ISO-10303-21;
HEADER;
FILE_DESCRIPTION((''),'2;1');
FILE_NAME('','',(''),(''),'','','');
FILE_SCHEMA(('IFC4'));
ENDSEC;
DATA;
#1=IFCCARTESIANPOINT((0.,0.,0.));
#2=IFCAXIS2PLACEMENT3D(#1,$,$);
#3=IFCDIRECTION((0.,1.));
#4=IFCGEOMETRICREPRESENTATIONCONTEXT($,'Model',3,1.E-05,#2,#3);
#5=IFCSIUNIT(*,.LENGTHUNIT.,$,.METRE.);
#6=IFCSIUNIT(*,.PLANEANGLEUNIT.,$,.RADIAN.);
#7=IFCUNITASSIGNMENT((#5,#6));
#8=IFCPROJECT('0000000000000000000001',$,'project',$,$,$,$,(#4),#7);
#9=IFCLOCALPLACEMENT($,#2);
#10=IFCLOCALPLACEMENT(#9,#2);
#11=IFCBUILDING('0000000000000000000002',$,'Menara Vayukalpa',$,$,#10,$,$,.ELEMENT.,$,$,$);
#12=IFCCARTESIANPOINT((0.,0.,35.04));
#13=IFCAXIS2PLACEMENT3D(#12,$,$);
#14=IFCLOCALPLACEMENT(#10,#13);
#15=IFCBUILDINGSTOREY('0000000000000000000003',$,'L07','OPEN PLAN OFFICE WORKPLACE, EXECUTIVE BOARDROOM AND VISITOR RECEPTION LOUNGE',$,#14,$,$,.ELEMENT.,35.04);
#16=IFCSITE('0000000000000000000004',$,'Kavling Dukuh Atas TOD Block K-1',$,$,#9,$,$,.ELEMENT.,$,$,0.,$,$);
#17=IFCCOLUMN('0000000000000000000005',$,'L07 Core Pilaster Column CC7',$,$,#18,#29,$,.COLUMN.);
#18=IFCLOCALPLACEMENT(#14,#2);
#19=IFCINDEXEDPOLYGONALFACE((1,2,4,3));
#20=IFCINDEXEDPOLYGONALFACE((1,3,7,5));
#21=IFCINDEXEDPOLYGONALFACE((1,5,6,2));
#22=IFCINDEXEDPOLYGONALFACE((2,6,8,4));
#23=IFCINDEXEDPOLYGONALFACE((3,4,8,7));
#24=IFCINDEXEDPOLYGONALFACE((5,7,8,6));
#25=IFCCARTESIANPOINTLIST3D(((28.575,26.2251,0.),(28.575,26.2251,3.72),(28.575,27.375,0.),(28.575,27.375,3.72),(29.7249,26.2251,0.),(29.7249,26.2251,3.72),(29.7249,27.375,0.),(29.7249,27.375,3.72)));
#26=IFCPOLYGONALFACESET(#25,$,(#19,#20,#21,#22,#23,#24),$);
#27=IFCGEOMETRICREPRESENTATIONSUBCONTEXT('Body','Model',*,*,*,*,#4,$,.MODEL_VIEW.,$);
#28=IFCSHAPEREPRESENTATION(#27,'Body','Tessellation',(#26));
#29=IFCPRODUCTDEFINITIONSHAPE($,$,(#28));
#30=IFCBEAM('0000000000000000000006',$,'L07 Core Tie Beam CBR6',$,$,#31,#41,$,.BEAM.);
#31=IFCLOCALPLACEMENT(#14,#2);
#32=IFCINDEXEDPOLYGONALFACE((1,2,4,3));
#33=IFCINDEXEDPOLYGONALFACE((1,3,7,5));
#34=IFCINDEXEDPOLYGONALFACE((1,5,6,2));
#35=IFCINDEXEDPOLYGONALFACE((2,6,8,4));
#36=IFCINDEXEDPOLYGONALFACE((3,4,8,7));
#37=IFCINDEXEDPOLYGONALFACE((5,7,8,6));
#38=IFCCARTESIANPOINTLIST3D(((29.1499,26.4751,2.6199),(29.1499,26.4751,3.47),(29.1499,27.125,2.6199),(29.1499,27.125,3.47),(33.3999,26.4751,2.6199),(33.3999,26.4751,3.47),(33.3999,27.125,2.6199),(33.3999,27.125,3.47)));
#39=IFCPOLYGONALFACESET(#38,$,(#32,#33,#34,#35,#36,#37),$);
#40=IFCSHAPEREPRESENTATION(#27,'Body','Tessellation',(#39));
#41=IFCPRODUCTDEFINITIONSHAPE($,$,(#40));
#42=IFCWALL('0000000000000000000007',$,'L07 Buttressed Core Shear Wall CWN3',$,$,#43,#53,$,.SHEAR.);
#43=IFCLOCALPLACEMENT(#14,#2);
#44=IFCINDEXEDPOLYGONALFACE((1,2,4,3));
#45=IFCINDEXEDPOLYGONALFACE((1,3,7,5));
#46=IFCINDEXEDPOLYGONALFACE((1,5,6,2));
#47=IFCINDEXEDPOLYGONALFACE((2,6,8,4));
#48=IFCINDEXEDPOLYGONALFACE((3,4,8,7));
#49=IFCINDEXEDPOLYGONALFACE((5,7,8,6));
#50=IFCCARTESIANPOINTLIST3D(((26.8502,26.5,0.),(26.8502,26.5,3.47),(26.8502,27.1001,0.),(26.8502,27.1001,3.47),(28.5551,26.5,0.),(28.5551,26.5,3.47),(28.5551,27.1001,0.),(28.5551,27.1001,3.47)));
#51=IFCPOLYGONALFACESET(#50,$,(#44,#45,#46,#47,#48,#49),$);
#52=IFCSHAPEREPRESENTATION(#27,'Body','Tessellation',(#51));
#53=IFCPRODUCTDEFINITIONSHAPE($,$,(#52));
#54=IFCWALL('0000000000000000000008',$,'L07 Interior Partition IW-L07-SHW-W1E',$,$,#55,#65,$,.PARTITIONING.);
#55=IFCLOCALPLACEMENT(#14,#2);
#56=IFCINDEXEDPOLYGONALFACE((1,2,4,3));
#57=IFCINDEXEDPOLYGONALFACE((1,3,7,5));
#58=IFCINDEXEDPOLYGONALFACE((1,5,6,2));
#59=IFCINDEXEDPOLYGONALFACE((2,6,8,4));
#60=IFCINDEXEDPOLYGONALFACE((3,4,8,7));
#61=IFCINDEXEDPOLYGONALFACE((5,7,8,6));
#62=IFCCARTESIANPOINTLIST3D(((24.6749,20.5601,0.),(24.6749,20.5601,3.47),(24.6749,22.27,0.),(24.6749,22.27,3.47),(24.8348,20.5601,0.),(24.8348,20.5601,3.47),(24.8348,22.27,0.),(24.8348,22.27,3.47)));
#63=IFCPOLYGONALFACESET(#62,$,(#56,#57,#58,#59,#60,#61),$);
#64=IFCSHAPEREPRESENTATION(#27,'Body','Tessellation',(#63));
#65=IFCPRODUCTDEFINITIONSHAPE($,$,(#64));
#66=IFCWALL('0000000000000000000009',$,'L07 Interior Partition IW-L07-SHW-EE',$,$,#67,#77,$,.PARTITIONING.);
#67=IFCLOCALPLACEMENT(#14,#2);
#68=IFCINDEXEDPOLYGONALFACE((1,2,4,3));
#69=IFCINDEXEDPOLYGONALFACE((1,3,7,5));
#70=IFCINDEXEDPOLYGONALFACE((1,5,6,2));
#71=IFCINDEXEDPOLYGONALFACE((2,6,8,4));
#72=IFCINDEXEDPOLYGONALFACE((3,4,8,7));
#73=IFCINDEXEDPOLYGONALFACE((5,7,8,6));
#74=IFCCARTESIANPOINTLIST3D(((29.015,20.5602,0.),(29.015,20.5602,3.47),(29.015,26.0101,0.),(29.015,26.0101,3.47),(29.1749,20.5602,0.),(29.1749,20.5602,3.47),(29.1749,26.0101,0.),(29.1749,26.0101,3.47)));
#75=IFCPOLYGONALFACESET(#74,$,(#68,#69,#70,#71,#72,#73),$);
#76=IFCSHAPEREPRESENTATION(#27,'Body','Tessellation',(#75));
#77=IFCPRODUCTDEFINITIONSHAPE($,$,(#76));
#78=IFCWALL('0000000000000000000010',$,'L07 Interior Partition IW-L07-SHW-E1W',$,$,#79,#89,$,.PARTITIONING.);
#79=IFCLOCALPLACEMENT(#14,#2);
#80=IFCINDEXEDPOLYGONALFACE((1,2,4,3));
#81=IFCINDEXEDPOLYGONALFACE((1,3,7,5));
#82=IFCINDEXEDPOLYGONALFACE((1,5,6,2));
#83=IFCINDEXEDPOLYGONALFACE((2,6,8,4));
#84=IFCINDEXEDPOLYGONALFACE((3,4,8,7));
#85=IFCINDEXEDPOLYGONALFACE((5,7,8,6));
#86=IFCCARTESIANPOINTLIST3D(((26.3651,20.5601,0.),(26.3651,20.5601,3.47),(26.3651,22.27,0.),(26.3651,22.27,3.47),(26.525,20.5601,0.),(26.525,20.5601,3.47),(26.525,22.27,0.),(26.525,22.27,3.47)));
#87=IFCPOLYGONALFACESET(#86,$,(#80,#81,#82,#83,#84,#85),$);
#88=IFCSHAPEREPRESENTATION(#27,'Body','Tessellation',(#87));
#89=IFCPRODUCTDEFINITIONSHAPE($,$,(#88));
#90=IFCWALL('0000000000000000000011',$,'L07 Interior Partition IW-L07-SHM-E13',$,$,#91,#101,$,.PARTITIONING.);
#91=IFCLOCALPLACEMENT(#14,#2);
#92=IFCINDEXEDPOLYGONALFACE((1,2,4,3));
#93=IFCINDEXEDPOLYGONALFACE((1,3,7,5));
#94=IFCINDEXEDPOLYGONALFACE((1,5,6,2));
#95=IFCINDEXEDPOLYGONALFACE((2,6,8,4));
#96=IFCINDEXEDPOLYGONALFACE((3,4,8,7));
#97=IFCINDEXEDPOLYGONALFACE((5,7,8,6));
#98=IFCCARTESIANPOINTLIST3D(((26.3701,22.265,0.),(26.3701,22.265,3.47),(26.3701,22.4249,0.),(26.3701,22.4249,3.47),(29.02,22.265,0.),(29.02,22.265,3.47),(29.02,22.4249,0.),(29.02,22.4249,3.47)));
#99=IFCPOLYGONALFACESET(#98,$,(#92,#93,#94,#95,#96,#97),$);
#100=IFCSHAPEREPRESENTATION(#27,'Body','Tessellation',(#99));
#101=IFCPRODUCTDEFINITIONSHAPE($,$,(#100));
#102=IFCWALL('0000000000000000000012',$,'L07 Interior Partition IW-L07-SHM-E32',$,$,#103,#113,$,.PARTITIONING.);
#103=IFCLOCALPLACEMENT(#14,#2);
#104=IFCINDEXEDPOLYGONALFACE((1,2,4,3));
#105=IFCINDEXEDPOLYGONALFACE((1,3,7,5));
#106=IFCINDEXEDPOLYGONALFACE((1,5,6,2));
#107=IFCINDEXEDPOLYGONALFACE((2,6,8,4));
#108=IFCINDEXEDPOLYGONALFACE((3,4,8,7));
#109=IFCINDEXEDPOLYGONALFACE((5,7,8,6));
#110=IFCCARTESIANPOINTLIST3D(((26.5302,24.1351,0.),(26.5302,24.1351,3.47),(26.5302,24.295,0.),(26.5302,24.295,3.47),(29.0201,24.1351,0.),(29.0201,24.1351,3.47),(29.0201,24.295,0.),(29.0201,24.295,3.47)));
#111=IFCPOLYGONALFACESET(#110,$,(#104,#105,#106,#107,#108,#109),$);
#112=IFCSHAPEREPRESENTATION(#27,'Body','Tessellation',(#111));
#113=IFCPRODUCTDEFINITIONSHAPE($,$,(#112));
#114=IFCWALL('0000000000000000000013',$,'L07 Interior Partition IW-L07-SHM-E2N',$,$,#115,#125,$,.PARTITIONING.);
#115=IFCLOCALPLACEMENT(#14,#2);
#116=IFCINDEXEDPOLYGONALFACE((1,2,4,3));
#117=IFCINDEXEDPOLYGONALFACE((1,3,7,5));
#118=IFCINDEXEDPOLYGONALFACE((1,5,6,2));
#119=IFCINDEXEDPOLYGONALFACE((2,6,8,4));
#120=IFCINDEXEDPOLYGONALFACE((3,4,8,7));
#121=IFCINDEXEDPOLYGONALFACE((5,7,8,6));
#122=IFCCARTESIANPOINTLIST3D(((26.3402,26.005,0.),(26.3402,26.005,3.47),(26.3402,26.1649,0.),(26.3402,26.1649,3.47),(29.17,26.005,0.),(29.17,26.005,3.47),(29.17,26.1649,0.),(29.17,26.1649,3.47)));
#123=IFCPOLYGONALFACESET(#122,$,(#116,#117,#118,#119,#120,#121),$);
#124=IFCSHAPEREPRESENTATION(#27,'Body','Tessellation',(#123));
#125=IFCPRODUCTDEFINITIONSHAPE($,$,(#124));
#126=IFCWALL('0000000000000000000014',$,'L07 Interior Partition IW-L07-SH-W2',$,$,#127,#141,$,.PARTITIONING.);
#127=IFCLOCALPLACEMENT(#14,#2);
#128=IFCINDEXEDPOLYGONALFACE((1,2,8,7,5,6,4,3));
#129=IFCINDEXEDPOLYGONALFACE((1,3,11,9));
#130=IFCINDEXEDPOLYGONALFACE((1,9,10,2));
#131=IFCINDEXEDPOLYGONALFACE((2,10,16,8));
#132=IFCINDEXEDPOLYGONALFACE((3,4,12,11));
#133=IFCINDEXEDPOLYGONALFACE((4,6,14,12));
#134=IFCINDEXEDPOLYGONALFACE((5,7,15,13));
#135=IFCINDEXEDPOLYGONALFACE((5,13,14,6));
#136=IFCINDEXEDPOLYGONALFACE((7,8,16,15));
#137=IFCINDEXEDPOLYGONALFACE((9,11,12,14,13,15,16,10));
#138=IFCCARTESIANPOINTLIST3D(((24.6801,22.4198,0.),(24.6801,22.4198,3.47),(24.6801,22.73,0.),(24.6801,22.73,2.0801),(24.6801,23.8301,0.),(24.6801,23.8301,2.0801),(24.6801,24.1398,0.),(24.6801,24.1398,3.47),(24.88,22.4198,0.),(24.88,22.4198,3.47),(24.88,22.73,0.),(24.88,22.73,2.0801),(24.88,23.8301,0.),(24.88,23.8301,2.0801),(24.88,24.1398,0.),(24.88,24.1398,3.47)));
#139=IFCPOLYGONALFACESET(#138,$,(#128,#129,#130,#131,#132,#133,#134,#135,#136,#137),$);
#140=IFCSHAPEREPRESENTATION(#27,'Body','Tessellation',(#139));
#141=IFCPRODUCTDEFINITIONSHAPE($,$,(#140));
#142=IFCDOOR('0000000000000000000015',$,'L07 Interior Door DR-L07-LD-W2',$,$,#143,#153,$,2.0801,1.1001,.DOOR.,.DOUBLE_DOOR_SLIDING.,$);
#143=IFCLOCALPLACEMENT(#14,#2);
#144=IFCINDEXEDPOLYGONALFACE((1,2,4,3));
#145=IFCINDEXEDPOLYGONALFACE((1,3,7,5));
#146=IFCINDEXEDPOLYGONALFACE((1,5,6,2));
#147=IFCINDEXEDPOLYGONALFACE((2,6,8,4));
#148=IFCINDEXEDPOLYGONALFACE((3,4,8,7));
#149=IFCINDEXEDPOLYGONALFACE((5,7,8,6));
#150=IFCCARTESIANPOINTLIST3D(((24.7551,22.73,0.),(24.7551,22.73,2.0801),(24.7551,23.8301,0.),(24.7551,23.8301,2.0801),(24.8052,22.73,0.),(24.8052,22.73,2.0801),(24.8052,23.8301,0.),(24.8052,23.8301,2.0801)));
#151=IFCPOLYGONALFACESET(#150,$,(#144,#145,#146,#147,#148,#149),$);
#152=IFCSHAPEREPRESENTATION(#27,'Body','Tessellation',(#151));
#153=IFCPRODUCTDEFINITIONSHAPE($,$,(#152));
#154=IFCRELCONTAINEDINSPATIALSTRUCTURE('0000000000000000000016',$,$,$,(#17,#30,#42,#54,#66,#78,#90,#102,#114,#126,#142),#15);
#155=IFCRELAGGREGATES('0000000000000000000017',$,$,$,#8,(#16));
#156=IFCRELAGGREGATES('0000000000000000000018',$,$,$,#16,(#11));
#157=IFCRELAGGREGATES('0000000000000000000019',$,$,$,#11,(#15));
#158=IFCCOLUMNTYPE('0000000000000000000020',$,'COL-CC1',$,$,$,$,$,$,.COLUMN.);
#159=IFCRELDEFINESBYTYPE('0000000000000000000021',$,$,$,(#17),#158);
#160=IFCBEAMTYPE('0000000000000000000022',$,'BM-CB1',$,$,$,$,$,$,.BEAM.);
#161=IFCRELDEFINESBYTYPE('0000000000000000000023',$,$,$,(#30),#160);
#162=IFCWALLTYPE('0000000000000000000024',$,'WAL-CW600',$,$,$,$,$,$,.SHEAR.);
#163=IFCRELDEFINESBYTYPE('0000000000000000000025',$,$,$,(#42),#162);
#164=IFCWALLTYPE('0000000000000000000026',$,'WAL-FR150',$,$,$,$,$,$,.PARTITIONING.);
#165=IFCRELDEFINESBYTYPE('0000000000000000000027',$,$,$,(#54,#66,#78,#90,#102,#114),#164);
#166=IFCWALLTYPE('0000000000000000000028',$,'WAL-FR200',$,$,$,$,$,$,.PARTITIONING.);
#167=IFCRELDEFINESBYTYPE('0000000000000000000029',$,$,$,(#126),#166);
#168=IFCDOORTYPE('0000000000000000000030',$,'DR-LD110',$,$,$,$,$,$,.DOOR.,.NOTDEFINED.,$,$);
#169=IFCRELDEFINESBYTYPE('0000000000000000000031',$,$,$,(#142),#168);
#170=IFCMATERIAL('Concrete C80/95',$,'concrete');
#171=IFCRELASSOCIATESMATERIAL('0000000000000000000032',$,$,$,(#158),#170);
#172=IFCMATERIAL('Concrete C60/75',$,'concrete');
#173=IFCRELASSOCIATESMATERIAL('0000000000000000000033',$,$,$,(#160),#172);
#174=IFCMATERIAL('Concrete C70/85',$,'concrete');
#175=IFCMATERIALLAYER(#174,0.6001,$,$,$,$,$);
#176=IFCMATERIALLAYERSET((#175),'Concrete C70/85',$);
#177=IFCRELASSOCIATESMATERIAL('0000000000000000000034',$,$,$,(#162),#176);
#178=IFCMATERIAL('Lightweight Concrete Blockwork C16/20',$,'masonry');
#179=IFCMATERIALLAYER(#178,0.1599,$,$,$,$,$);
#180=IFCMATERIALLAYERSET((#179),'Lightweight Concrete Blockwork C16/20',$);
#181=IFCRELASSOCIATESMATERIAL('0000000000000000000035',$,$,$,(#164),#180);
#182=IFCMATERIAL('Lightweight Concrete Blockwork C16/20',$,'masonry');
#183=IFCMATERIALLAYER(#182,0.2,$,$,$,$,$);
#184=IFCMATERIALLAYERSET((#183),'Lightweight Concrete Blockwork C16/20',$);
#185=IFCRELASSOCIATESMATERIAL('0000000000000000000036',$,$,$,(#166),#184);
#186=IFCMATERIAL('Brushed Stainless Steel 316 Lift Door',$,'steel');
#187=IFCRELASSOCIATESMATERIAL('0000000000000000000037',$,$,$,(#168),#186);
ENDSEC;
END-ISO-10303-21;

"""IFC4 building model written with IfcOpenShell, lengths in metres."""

from ifc_helpers import new_model, si_unit, direction, frame, frame_2d, origin, origin_2d, place, context, subcontext, project, spatial, rectangle, extrude, material, layer, layer_set, material_profile, profile_set, type_object, element, fill, save


model = new_model("IFC4")

# Units and contexts
model_context = context("Model", 3, precision=1e-05, world=origin(), true_north=direction((0.0, 1.0)))
body_context = subcontext(model_context, "Body", "Model", "MODEL_VIEW")
ifc_project = project(units=[si_unit("LENGTHUNIT", "METRE"), si_unit("PLANEANGLEUNIT", "RADIAN")], contexts=[model_context])

# Site, building, storey
site_placement = place(None, origin())
site = spatial("IfcSite", under=ifc_project, at=site_placement, Name="Kavling Dukuh Atas TOD Block K-1", CompositionType="ELEMENT", RefElevation=0.0)
building_placement = place(site_placement, origin())
building = spatial("IfcBuilding", under=site, at=building_placement, Name="Menara Vayukalpa", CompositionType="ELEMENT")
storey_placement = place(building_placement, frame((0.0, 0.0, 35.04)))
storey = spatial("IfcBuildingStorey", under=building, at=storey_placement, Name="L07", Description="OPEN PLAN OFFICE WORKPLACE, EXECUTIVE BOARDROOM AND VISITOR RECEPTION LOUNGE", CompositionType="ELEMENT", Elevation=35.04)

# Column
ifc_material_1 = material(Name="Concrete C80/95", Category="concrete")
ifc_material_profile_1 = material_profile(ifc_material_1, rectangle(XDim=1.1499, YDim=1.1499, at=origin_2d()), Name="RC 1150x1150")
ifc_profile_set_1 = profile_set([ifc_material_profile_1], Name="Concrete C80/95")
column_type = type_object("IfcColumnType", Name="COL-CC1", PredefinedType="COLUMN", material=ifc_profile_set_1)
column_placement = place(storey_placement, frame((29.1499, 26.8, 0.0), z_axis=(0.0, 0.0, 1.0), x_axis=(1.0, 0.0, 0.0)))
element("IfcColumn", 1, at=column_placement, inside=storey, type_object=column_type, Name="L07 Core Pilaster Column CC7", PredefinedType="COLUMN", context=body_context, shape_type="SweptSolid", body=[
    extrude(rectangle(XDim=1.1499, YDim=1.1499, at=origin_2d()), origin(), (0.0, 0.0, 1.0), 3.72),
])

# Beam
ifc_material_2 = material(Name="Concrete C60/75", Category="concrete")
ifc_material_profile_2 = material_profile(ifc_material_2, rectangle(XDim=0.6499, YDim=0.8501, at=origin_2d()), Name="RC 650x850")
ifc_profile_set_2 = profile_set([ifc_material_profile_2], Name="Concrete C60/75")
beam_type = type_object("IfcBeamType", Name="BM-CB1", PredefinedType="BEAM", material=ifc_profile_set_2)
beam_placement = place(storey_placement, frame((29.1499, 26.8, 3.0449), z_axis=(1.0, 0.0, 0.0), x_axis=(0.0, 1.0, 0.0)))
element("IfcBeam", 2, at=beam_placement, inside=storey, type_object=beam_type, Name="L07 Core Tie Beam CBR6", PredefinedType="BEAM", context=body_context, shape_type="SweptSolid", body=[
    extrude(rectangle(XDim=0.6499, YDim=0.8501, at=origin_2d()), origin(), (0.0, 0.0, 1.0), 4.25),
])

# Walls
ifc_material_3 = material(Name="Concrete C70/85", Category="concrete")
ifc_layer_1 = layer(ifc_material_3, 0.6001)
ifc_layer_set_1 = layer_set([ifc_layer_1], Name="Concrete C70/85")
wall_type_1 = type_object("IfcWallType", Name="WAL-CW600", PredefinedType="SHEAR", material=ifc_layer_set_1)
wall_1_placement = place(storey_placement, frame((26.8501, 26.8, 0.0), z_axis=(0.0, 0.0, 1.0), x_axis=(1.0, 0.0, 0.0)))
element("IfcWall", 3, at=wall_1_placement, inside=storey, type_object=wall_type_1, Name="L07 Buttressed Core Shear Wall CWN3", PredefinedType="SHEAR", context=body_context, shape_type="SweptSolid", body=[
    extrude(rectangle(XDim=1.7048, YDim=0.6001, at=frame_2d((0.8525, 0.0))), origin(), (0.0, 0.0, 1.0), 3.47),
])
ifc_material_4 = material(Name="Lightweight Concrete Blockwork C16/20", Category="masonry")
ifc_layer_2 = layer(ifc_material_4, 0.1599)
ifc_layer_set_2 = layer_set([ifc_layer_2], Name="Lightweight Concrete Blockwork C16/20")
wall_type_2 = type_object("IfcWallType", Name="WAL-FR150", PredefinedType="PARTITIONING", material=ifc_layer_set_2)
wall_2_placement = place(storey_placement, frame((24.7549, 20.5601, 0.0), z_axis=(0.0, 0.0, 1.0), x_axis=(0.0, 1.0, 0.0)))
element("IfcWall", 4, at=wall_2_placement, inside=storey, type_object=wall_type_2, Name="L07 Interior Partition IW-L07-SHW-W1E", PredefinedType="PARTITIONING", context=body_context, shape_type="SweptSolid", body=[
    extrude(rectangle(XDim=1.71, YDim=0.1599, at=frame_2d((0.855, 0.0))), origin(), (0.0, 0.0, 1.0), 3.47),
])
wall_3_placement = place(storey_placement, frame((29.095, 20.5601, 0.0), z_axis=(0.0, 0.0, 1.0), x_axis=(0.0, 1.0, 0.0)))
element("IfcWall", 5, at=wall_3_placement, inside=storey, type_object=wall_type_2, Name="L07 Interior Partition IW-L07-SHW-EE", PredefinedType="PARTITIONING", context=body_context, shape_type="SweptSolid", body=[
    extrude(rectangle(XDim=5.45, YDim=0.1599, at=frame_2d((2.7251, 0.0))), origin(), (0.0, 0.0, 1.0), 3.47),
])
wall_4_placement = place(storey_placement, frame((26.4451, 20.5601, 0.0), z_axis=(0.0, 0.0, 1.0), x_axis=(0.0, 1.0, 0.0)))
element("IfcWall", 6, at=wall_4_placement, inside=storey, type_object=wall_type_2, Name="L07 Interior Partition IW-L07-SHW-E1W", PredefinedType="PARTITIONING", context=body_context, shape_type="SweptSolid", body=[
    extrude(rectangle(XDim=1.71, YDim=0.1599, at=frame_2d((0.855, 0.0))), origin(), (0.0, 0.0, 1.0), 3.47),
])
wall_5_placement = place(storey_placement, frame((26.3701, 22.345, 0.0), z_axis=(0.0, 0.0, 1.0), x_axis=(1.0, 0.0, 0.0)))
element("IfcWall", 7, at=wall_5_placement, inside=storey, type_object=wall_type_2, Name="L07 Interior Partition IW-L07-SHM-E13", PredefinedType="PARTITIONING", context=body_context, shape_type="SweptSolid", body=[
    extrude(rectangle(XDim=2.6499, YDim=0.1599, at=frame_2d((1.325, 0.0))), origin(), (0.0, 0.0, 1.0), 3.47),
])
wall_6_placement = place(storey_placement, frame((26.53, 24.2151, 0.0), z_axis=(0.0, 0.0, 1.0), x_axis=(1.0, 0.0, 0.0)))
element("IfcWall", 8, at=wall_6_placement, inside=storey, type_object=wall_type_2, Name="L07 Interior Partition IW-L07-SHM-E32", PredefinedType="PARTITIONING", context=body_context, shape_type="SweptSolid", body=[
    extrude(rectangle(XDim=2.49, YDim=0.1599, at=frame_2d((1.2451, 0.0))), origin(), (0.0, 0.0, 1.0), 3.47),
])
wall_7_placement = place(storey_placement, frame((26.3401, 26.085, 0.0), z_axis=(0.0, 0.0, 1.0), x_axis=(1.0, 0.0, 0.0)))
element("IfcWall", 9, at=wall_7_placement, inside=storey, type_object=wall_type_2, Name="L07 Interior Partition IW-L07-SHM-E2N", PredefinedType="PARTITIONING", context=body_context, shape_type="SweptSolid", body=[
    extrude(rectangle(XDim=2.8298, YDim=0.1599, at=frame_2d((1.415, 0.0))), origin(), (0.0, 0.0, 1.0), 3.47),
])

# Wall, opening, door
ifc_material_5 = material(Name="Lightweight Concrete Blockwork C16/20", Category="masonry")
ifc_layer_3 = layer(ifc_material_5, 0.2)
ifc_layer_set_3 = layer_set([ifc_layer_3], Name="Lightweight Concrete Blockwork C16/20")
wall_type_3 = type_object("IfcWallType", Name="WAL-FR200", PredefinedType="PARTITIONING", material=ifc_layer_set_3)
wall_8_placement = place(storey_placement, frame((24.78, 22.4199, 0.0), z_axis=(0.0, 0.0, 1.0), x_axis=(0.0, 1.0, 0.0)))
wall_8 = element("IfcWall", 10, at=wall_8_placement, inside=storey, type_object=wall_type_3, Name="L07 Interior Partition IW-L07-SH-W2", PredefinedType="PARTITIONING", context=body_context, shape_type="SweptSolid", body=[
    extrude(rectangle(XDim=1.72, YDim=0.2, at=frame_2d((0.8599, 0.0))), origin(), (0.0, 0.0, 1.0), 3.47),
])
opening_1_placement = place(wall_8_placement, frame((0.3101, 0.0, 0.0)))
opening_1 = element("IfcOpeningElement", 11, at=opening_1_placement, cuts=wall_8, PredefinedType="OPENING", context=body_context, shape_type="SweptSolid", body=[
    extrude(rectangle(XDim=1.1001, YDim=2.0801, at=frame_2d((0.55, 1.04))), frame((0.0, 0.1099, 0.0), z_axis=(0.0, -1.0, 0.0), x_axis=(1.0, 0.0, 0.0)), (0.0, 0.0, 1.0), 0.22),
])
ifc_material_6 = material(Name="Brushed Stainless Steel 316 Lift Door", Category="steel")
door_type = type_object("IfcDoorType", Name="DR-LD110", OperationType="NOTDEFINED", PredefinedType="DOOR", material=ifc_material_6)
door_1_placement = place(opening_1_placement, origin())
door_1 = element("IfcDoor", 12, at=door_1_placement, inside=storey, type_object=door_type, Name="L07 Interior Door DR-L07-LD-W2", OperationType="DOUBLE_DOOR_SLIDING", OverallHeight=2.0801, OverallWidth=1.1001, PredefinedType="DOOR", context=body_context, shape_type="SweptSolid", body=[
    extrude(rectangle(XDim=1.1001, YDim=2.0801, at=frame_2d((0.55, 1.04))), frame((0.0, 0.0249, 0.0), z_axis=(0.0, -1.0, 0.0), x_axis=(1.0, 0.0, 0.0)), (0.0, 0.0, 1.0), 0.05),
])
fill(opening_1, door_1)

save(model, "model.ifc")
